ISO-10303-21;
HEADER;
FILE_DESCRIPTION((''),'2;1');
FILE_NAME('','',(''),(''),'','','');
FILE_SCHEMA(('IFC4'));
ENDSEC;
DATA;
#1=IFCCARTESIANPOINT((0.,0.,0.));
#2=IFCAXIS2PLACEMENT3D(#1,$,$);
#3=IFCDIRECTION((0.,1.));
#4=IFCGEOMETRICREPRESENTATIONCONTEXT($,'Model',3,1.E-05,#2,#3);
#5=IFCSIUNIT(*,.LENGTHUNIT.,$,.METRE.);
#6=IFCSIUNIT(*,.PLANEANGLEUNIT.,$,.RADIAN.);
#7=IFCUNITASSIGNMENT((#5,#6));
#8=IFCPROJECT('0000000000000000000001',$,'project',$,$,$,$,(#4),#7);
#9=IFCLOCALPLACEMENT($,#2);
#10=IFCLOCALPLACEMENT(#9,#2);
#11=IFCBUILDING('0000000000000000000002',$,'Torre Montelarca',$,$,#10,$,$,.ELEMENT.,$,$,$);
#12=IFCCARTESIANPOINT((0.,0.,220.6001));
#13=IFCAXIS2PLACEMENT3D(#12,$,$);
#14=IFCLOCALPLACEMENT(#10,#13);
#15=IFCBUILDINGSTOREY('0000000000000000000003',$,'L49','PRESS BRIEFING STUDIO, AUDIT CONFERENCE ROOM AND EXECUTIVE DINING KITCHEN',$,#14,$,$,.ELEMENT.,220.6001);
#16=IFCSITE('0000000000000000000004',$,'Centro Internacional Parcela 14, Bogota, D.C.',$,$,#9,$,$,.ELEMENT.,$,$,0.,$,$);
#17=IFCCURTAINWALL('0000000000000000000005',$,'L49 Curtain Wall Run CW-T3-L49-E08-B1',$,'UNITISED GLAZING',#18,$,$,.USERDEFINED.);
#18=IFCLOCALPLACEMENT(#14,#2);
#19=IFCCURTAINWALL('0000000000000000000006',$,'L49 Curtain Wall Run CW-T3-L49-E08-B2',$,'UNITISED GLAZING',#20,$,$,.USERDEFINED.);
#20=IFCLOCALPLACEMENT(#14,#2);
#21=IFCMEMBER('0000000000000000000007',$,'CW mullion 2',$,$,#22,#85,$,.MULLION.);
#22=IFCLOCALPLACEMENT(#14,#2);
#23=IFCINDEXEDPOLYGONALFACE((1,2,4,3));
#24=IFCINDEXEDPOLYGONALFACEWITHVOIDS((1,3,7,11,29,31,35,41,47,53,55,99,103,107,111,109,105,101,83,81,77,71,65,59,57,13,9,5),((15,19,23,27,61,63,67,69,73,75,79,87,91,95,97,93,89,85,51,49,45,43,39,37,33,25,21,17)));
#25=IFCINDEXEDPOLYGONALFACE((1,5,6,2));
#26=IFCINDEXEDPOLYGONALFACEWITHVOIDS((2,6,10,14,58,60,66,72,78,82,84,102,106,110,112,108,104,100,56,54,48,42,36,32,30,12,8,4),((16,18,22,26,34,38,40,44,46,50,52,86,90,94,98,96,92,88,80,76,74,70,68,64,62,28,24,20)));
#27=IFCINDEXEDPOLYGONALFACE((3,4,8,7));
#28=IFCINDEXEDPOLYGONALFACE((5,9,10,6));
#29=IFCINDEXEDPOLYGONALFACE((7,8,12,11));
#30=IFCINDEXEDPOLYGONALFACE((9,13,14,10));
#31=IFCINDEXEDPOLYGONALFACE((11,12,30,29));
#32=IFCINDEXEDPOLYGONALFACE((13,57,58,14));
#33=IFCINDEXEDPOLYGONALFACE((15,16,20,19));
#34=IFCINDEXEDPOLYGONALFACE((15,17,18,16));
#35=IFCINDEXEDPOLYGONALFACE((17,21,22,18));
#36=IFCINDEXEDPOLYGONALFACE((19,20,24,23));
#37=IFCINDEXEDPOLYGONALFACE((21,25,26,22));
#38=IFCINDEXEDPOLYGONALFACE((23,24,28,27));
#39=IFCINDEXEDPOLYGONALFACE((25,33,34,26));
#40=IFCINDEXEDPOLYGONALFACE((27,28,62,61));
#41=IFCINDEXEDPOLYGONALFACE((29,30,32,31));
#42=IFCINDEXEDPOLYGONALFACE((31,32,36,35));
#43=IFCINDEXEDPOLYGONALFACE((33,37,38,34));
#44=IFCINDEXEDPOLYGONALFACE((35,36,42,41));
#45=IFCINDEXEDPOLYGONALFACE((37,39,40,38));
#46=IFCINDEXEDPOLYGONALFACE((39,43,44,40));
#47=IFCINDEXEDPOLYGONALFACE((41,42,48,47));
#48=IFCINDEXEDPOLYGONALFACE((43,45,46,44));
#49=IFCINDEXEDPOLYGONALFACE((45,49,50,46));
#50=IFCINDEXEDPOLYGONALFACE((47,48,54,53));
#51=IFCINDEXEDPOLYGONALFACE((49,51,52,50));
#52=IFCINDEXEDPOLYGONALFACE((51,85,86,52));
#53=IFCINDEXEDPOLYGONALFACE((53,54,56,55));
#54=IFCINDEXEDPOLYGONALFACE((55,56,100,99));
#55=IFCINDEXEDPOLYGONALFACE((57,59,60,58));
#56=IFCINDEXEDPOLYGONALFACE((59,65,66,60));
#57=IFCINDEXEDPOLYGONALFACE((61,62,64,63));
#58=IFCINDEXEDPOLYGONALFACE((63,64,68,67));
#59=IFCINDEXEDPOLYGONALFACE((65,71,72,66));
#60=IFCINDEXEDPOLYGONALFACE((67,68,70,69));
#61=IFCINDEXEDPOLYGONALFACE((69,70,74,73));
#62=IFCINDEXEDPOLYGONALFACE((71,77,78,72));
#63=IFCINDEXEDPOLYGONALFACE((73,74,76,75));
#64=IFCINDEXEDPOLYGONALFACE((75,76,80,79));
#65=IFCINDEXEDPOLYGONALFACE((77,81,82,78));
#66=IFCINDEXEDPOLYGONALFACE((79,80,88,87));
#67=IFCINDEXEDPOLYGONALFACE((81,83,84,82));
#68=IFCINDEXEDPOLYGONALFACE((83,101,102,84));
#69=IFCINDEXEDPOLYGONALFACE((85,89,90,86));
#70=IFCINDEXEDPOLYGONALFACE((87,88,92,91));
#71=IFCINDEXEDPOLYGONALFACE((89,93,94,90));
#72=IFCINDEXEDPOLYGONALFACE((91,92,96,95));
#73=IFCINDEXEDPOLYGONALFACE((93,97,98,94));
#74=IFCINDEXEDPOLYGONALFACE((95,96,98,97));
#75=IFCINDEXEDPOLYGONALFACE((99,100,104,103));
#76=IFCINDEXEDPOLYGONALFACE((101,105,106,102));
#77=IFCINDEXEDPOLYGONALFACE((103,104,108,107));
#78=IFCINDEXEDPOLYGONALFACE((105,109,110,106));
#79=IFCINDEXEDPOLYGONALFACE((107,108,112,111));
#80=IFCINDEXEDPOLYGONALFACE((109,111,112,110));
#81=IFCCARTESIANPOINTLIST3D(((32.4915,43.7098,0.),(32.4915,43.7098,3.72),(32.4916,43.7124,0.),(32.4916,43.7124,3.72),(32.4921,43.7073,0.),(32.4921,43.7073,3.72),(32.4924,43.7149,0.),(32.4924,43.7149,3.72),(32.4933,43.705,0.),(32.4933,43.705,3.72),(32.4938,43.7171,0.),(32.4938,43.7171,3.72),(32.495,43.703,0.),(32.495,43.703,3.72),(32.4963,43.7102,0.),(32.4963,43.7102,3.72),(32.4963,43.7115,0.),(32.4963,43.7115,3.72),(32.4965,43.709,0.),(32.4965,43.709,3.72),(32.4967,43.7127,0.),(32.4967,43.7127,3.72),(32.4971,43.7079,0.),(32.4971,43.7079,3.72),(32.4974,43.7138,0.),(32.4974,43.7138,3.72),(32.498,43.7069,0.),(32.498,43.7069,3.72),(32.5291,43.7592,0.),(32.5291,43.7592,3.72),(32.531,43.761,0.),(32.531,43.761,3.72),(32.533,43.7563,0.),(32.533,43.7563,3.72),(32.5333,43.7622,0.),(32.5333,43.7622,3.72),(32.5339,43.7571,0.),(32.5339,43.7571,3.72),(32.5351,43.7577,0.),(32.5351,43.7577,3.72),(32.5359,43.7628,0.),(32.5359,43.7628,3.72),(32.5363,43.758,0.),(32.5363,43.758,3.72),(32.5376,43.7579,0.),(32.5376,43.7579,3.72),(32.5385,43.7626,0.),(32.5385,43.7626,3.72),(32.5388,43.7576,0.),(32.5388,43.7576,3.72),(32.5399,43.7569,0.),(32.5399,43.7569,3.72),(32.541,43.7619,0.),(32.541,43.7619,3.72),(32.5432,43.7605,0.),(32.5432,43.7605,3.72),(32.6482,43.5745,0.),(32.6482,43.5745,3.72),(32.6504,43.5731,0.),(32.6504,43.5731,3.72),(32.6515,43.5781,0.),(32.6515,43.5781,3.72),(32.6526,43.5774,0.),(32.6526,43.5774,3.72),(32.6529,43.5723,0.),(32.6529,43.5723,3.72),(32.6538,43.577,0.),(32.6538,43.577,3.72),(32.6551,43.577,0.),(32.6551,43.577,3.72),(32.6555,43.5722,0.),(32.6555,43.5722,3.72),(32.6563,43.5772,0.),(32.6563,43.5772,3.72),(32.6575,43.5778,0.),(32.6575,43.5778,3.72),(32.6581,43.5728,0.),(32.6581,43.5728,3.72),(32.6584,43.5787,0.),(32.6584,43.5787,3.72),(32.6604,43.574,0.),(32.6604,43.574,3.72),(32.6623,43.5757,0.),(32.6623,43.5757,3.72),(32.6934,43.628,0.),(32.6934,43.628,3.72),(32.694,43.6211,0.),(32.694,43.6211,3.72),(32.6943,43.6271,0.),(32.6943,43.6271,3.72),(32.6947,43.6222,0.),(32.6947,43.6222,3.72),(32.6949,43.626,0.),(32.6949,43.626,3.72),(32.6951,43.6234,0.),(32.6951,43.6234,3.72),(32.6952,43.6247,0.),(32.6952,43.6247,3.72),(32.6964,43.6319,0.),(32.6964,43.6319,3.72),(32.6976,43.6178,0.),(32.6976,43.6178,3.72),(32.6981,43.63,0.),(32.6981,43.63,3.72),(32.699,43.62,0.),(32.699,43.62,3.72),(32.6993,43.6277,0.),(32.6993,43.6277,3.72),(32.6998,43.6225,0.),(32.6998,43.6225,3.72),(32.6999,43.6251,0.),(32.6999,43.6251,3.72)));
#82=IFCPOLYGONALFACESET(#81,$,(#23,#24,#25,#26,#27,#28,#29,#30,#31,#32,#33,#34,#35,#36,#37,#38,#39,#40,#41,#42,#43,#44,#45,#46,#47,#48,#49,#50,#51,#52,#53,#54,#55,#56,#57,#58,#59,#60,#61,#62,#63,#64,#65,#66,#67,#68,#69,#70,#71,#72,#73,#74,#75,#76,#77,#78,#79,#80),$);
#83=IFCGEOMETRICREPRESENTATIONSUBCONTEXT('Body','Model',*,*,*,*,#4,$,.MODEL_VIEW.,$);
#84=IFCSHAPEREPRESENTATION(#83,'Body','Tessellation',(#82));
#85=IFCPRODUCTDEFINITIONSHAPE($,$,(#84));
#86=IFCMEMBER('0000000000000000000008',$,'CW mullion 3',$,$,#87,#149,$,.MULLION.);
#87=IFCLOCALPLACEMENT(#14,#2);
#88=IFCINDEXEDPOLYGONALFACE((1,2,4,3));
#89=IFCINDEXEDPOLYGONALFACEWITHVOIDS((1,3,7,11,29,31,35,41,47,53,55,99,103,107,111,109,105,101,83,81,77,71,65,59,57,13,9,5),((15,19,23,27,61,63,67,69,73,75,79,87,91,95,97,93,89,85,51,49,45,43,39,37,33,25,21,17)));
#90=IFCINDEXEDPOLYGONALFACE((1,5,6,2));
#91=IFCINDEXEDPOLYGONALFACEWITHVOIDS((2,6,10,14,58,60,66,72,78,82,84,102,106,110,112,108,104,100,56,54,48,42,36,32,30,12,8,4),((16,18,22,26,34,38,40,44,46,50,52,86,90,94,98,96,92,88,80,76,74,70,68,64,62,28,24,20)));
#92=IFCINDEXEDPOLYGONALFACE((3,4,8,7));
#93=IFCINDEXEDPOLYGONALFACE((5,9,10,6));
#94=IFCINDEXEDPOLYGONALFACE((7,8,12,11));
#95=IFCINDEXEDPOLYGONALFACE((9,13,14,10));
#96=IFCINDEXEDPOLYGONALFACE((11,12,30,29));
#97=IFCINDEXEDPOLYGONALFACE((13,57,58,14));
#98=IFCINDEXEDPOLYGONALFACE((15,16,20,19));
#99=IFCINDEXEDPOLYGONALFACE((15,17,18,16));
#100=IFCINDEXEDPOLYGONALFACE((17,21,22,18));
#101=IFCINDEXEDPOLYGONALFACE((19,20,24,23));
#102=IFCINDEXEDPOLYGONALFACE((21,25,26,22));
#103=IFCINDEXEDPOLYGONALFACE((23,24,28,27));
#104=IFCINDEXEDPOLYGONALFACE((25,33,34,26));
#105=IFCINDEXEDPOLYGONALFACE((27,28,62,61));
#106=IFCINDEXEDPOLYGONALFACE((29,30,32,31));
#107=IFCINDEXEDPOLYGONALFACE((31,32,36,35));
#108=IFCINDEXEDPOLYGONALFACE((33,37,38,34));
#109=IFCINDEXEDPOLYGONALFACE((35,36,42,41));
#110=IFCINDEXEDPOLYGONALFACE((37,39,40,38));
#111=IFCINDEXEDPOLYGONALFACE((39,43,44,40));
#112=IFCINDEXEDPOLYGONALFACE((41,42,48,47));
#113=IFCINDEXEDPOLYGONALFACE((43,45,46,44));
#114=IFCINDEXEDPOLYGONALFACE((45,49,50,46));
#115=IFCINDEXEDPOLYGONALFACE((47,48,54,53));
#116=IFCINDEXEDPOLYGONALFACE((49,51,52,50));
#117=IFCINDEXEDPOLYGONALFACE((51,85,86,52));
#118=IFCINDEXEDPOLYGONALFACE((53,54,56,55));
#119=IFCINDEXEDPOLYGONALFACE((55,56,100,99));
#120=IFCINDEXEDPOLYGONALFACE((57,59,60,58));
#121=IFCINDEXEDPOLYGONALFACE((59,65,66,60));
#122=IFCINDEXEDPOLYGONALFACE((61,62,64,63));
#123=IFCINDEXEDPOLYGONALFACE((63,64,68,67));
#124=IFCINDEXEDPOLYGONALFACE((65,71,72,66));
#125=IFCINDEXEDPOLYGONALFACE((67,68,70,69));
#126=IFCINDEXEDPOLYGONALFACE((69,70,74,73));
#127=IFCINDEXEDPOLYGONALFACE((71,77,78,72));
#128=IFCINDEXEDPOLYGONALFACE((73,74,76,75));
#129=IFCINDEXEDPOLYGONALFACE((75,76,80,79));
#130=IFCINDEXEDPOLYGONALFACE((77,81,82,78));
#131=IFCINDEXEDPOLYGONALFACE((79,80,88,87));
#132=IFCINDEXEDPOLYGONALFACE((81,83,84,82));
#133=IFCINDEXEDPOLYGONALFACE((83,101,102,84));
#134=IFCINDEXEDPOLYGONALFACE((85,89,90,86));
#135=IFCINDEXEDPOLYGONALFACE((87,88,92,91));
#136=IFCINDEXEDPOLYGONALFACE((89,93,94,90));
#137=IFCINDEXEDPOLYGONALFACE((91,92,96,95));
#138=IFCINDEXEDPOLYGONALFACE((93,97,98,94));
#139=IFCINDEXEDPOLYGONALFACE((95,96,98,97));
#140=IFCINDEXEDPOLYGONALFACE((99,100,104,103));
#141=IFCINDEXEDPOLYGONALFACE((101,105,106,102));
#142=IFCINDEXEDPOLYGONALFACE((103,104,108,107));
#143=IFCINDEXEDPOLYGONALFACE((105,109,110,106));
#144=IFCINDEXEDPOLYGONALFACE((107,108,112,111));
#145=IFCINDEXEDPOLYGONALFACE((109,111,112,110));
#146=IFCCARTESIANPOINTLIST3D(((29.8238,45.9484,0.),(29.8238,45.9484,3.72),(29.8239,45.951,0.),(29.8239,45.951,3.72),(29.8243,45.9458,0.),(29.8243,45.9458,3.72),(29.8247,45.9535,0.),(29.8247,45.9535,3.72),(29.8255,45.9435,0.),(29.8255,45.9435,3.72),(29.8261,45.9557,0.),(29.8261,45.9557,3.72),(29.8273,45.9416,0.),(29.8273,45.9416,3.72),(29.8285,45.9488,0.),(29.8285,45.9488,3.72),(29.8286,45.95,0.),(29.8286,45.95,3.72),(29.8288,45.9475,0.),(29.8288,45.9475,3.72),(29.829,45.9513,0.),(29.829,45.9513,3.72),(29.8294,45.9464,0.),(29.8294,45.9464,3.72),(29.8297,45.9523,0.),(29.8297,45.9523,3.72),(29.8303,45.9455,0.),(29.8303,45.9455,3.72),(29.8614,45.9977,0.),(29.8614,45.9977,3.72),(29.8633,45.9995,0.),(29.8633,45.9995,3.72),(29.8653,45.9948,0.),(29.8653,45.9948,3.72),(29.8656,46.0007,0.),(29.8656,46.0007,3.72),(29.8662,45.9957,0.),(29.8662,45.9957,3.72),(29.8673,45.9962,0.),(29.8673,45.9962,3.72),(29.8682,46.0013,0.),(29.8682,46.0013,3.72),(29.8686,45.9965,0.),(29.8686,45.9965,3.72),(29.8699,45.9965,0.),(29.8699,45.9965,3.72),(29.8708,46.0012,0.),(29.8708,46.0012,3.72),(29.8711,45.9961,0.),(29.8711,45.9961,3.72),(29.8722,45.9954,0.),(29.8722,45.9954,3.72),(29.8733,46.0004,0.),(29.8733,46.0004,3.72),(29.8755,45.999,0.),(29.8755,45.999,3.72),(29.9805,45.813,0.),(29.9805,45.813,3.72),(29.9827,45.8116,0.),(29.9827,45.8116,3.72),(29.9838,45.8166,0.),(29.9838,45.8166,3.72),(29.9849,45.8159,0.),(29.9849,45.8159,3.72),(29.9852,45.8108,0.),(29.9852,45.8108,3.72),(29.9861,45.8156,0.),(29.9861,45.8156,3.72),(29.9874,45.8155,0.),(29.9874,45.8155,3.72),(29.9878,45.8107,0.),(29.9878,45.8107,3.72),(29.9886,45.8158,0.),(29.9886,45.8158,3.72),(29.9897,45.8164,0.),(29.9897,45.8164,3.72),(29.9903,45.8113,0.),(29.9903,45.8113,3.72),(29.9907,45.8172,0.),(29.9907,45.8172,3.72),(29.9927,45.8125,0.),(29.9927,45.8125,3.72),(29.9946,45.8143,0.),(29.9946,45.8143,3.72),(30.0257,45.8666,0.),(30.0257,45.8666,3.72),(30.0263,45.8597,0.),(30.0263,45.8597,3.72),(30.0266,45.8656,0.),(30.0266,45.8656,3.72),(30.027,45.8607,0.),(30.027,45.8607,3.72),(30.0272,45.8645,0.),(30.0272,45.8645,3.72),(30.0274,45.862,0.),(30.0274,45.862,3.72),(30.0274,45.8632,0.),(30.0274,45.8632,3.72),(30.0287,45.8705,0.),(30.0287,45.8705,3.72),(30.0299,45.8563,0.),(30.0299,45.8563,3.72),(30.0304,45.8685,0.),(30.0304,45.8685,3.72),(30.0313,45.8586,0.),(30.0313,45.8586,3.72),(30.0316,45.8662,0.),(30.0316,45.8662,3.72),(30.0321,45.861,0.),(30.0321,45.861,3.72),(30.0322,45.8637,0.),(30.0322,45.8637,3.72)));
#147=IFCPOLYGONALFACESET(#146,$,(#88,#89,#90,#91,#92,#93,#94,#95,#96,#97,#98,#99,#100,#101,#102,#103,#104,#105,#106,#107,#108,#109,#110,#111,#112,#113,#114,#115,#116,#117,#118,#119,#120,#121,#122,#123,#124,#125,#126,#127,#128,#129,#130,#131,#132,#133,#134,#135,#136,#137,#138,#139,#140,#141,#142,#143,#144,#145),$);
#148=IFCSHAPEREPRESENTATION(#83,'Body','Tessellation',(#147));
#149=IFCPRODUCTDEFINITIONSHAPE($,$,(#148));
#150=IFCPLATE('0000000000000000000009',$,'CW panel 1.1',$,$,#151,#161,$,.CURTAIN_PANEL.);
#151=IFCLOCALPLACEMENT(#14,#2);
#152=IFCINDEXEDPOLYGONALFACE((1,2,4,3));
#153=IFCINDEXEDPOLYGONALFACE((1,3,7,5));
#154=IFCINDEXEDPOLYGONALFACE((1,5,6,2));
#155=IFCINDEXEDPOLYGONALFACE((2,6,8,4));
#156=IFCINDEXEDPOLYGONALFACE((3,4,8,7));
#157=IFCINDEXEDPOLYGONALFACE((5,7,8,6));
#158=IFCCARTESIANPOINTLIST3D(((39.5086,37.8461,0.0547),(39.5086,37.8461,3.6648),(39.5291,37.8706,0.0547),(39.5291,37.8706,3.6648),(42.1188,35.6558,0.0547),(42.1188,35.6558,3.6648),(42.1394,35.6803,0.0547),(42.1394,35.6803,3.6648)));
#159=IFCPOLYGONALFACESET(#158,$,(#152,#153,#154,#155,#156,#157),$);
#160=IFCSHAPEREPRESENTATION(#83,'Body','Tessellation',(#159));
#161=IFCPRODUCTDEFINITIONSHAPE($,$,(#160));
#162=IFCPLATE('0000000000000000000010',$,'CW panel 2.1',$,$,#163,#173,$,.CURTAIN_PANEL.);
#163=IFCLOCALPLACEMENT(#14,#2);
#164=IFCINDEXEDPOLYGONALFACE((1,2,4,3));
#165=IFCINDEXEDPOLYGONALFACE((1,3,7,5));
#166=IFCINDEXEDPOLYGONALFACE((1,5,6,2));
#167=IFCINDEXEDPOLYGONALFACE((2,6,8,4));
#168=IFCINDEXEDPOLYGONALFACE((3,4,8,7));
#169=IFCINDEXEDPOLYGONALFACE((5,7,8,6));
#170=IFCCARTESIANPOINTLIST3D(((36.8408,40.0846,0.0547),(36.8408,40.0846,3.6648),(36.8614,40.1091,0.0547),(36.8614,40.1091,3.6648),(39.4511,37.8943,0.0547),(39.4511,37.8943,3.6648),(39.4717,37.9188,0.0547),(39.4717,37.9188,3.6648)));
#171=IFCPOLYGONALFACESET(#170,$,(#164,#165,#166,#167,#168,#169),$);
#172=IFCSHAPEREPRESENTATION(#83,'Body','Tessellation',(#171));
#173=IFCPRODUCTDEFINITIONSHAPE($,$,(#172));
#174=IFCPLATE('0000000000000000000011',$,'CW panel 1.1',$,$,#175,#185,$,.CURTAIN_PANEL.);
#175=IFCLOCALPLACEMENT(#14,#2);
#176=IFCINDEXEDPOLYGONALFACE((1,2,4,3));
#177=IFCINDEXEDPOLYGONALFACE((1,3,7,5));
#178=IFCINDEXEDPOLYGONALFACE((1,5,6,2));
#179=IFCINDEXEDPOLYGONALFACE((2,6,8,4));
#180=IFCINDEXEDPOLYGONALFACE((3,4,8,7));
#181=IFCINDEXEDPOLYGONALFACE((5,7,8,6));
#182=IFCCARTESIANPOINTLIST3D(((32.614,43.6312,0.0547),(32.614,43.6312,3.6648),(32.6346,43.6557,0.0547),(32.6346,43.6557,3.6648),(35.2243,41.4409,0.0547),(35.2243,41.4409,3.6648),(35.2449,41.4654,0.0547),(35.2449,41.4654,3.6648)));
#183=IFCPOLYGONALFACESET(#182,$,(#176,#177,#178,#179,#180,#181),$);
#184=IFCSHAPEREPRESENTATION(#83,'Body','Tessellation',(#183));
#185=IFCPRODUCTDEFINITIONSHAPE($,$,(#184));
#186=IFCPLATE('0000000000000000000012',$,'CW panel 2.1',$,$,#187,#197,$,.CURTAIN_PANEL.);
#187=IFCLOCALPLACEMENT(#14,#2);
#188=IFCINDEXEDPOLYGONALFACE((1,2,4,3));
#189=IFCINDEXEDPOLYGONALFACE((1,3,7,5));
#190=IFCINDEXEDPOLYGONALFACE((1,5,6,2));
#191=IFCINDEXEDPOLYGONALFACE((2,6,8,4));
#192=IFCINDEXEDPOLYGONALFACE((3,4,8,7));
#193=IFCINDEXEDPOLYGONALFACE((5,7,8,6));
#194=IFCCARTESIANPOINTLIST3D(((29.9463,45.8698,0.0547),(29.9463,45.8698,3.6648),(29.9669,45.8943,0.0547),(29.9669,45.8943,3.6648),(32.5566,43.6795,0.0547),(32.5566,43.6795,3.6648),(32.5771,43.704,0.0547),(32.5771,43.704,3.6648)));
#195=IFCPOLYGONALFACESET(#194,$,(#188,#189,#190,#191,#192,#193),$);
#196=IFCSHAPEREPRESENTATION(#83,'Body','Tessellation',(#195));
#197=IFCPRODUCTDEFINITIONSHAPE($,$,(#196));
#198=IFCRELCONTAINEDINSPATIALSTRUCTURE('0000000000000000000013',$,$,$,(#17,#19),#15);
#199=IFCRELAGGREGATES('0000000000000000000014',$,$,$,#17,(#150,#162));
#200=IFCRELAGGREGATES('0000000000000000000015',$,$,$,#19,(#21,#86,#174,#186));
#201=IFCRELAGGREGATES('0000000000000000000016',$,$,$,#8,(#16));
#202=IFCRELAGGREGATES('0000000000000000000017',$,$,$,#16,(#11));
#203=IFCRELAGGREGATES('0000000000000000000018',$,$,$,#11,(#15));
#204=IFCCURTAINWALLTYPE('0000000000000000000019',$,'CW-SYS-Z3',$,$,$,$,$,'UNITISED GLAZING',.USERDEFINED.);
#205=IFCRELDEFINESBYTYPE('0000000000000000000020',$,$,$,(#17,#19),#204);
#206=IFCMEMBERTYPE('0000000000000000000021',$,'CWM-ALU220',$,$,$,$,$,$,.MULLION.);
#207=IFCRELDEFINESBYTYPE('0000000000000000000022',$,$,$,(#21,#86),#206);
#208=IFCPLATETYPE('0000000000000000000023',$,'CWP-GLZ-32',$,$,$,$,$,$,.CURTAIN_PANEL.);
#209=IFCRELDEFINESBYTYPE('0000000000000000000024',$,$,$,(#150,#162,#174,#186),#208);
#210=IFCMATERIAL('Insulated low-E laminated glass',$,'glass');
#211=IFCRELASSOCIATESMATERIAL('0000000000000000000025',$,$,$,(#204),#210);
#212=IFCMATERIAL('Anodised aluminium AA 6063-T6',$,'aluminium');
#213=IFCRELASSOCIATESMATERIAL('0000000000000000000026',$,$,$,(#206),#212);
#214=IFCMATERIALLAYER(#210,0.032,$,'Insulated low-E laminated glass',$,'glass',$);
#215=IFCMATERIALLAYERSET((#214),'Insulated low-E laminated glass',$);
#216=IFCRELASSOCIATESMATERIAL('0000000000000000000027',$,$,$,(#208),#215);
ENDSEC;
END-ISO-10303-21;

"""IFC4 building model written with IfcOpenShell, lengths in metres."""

from ifc_helpers import new_model, si_unit, direction, frame, origin, origin_2d, place, context, subcontext, project, spatial, rectangle, hollow_rectangle, extrude, source, transform, mapped, material, layer, layer_set, material_profile, profile_set, type_object, element, aggregate, save


model = new_model("IFC4")

# Units and contexts
model_context = context("Model", 3, precision=1e-05, world=origin(), true_north=direction((0.0, 1.0)))
body_context = subcontext(model_context, "Body", "Model", "MODEL_VIEW")
ifc_project = project(units=[si_unit("LENGTHUNIT", "METRE"), si_unit("PLANEANGLEUNIT", "RADIAN")], contexts=[model_context])

# Site, building, storey
site_placement = place(None, origin())
site = spatial("IfcSite", under=ifc_project, at=site_placement, Name="Centro Internacional Parcela 14, Bogota, D.C.", CompositionType="ELEMENT", RefElevation=0.0)
building_placement = place(site_placement, origin())
building = spatial("IfcBuilding", under=site, at=building_placement, Name="Torre Montelarca", CompositionType="ELEMENT")
storey_placement = place(building_placement, frame((0.0, 0.0, 220.6001)))
storey = spatial("IfcBuildingStorey", under=building, at=storey_placement, Name="L49", Description="PRESS BRIEFING STUDIO, AUDIT CONFERENCE ROOM AND EXECUTIVE DINING KITCHEN", CompositionType="ELEMENT", Elevation=220.6001)

# Curtain wall
ifc_material_1 = material(Name="Insulated low-E laminated glass", Category="glass")
curtain_wall_type = type_object("IfcCurtainWallType", Name="CW-SYS-Z3", ElementType="UNITISED GLAZING", PredefinedType="USERDEFINED", material=ifc_material_1)
curtain_wall_1_placement = place(storey_placement, origin())
curtain_wall_1 = element("IfcCurtainWall", 1, at=curtain_wall_1_placement, inside=storey, type_object=curtain_wall_type, Name="L49 Curtain Wall Run CW-T3-L49-E08-B1", ObjectType="UNITISED GLAZING", PredefinedType="USERDEFINED")
ifc_material_2 = material(Name="Anodised aluminium AA 6063-T6", Category="aluminium")

# Curtain wall
curtain_wall_2_placement = place(storey_placement, origin())
curtain_wall_2 = element("IfcCurtainWall", 2, at=curtain_wall_2_placement, inside=storey, type_object=curtain_wall_type, Name="L49 Curtain Wall Run CW-T3-L49-E08-B2", ObjectType="UNITISED GLAZING", PredefinedType="USERDEFINED")

# Members
ifc_material_profile_1 = material_profile(ifc_material_2, hollow_rectangle(XDim=0.075, YDim=0.22, WallThickness=0.0049, InnerFilletRadius=0.0049, OuterFilletRadius=0.01, at=origin_2d()), Name="ALU75X220X5", Category="aluminium")
ifc_profile_set_1 = profile_set([ifc_material_profile_1], Name="Anodised aluminium AA 6063-T6")
member_type_1 = type_object("IfcMemberType", Name="CWM-ALU220", PredefinedType="MULLION", material=ifc_profile_set_1)
shared_shape_1 = source(origin(), body_context, "Body", "SweptSolid", [
    extrude(hollow_rectangle(XDim=0.075, YDim=0.22, WallThickness=0.0049, InnerFilletRadius=0.0049, OuterFilletRadius=0.01, at=origin_2d()), origin(), (0.0, 0.0, 1.0), 3.72),
])
member_1_placement = place(storey_placement, frame((32.5957, 43.6675, 0.0), z_axis=(0.0, 0.0, 1.0), x_axis=(-0.642789, -0.766043, 0.0)))
member_1 = element("IfcMember", 3, at=member_1_placement, type_object=member_type_1, Name="CW mullion 2", PredefinedType="MULLION", context=body_context, shape_type="MappedRepresentation", body=[
    mapped(shared_shape_1, transform((0.0, 0.0, 0.0), scale=1.0)),
])
member_2_placement = place(storey_placement, frame((29.928, 45.906, 0.0), z_axis=(0.0, 0.0, 1.0), x_axis=(-0.642789, -0.766043, 0.0)))
member_2 = element("IfcMember", 4, at=member_2_placement, type_object=member_type_1, Name="CW mullion 3", PredefinedType="MULLION", context=body_context, shape_type="MappedRepresentation", body=[
    mapped(shared_shape_1, transform((0.0, 0.0, 0.0), scale=1.0)),
])

# Plates
ifc_layer_1 = layer(ifc_material_1, 0.032, Name="Insulated low-E laminated glass", Category="glass")
ifc_layer_set_1 = layer_set([ifc_layer_1], Name="Insulated low-E laminated glass")
plate_type = type_object("IfcPlateType", Name="CWP-GLZ-32", PredefinedType="CURTAIN_PANEL", material=ifc_layer_set_1)
shared_shape_2 = source(origin(), body_context, "Body", "SweptSolid", [
    extrude(rectangle(XDim=3.4075, YDim=0.032, at=origin_2d()), origin(), (0.0, 0.0, 1.0), 3.6101),
])
plate_1_placement = place(storey_placement, frame((40.824, 36.7632, 0.0547), z_axis=(0.0, 0.0, 1.0), x_axis=(-0.766043, 0.642789, 0.0)))
plate_1 = element("IfcPlate", 5, at=plate_1_placement, type_object=plate_type, Name="CW panel 1.1", PredefinedType="CURTAIN_PANEL", context=body_context, shape_type="MappedRepresentation", body=[
    mapped(shared_shape_2, transform((0.0, 0.0, 0.0), scale=1.0)),
])
plate_2_placement = place(storey_placement, frame((38.1562, 39.0017, 0.0547), z_axis=(0.0, 0.0, 1.0), x_axis=(-0.766043, 0.642789, 0.0)))
plate_2 = element("IfcPlate", 6, at=plate_2_placement, type_object=plate_type, Name="CW panel 2.1", PredefinedType="CURTAIN_PANEL", context=body_context, shape_type="MappedRepresentation", body=[
    mapped(shared_shape_2, transform((0.0, 0.0, 0.0), scale=1.0)),
])
aggregate(curtain_wall_1, [plate_1, plate_2])
plate_3_placement = place(storey_placement, frame((33.9294, 42.5483, 0.0547), z_axis=(0.0, 0.0, 1.0), x_axis=(-0.766043, 0.642789, 0.0)))
plate_3 = element("IfcPlate", 7, at=plate_3_placement, type_object=plate_type, Name="CW panel 1.1", PredefinedType="CURTAIN_PANEL", context=body_context, shape_type="MappedRepresentation", body=[
    mapped(shared_shape_2, transform((0.0, 0.0, 0.0), scale=1.0)),
])
plate_4_placement = place(storey_placement, frame((31.2617, 44.7869, 0.0547), z_axis=(0.0, 0.0, 1.0), x_axis=(-0.766043, 0.642789, 0.0)))
plate_4 = element("IfcPlate", 8, at=plate_4_placement, type_object=plate_type, Name="CW panel 2.1", PredefinedType="CURTAIN_PANEL", context=body_context, shape_type="MappedRepresentation", body=[
    mapped(shared_shape_2, transform((0.0, 0.0, 0.0), scale=1.0)),
])
aggregate(curtain_wall_2, [member_1, member_2, plate_3, plate_4])

save(model, "model.ifc")
